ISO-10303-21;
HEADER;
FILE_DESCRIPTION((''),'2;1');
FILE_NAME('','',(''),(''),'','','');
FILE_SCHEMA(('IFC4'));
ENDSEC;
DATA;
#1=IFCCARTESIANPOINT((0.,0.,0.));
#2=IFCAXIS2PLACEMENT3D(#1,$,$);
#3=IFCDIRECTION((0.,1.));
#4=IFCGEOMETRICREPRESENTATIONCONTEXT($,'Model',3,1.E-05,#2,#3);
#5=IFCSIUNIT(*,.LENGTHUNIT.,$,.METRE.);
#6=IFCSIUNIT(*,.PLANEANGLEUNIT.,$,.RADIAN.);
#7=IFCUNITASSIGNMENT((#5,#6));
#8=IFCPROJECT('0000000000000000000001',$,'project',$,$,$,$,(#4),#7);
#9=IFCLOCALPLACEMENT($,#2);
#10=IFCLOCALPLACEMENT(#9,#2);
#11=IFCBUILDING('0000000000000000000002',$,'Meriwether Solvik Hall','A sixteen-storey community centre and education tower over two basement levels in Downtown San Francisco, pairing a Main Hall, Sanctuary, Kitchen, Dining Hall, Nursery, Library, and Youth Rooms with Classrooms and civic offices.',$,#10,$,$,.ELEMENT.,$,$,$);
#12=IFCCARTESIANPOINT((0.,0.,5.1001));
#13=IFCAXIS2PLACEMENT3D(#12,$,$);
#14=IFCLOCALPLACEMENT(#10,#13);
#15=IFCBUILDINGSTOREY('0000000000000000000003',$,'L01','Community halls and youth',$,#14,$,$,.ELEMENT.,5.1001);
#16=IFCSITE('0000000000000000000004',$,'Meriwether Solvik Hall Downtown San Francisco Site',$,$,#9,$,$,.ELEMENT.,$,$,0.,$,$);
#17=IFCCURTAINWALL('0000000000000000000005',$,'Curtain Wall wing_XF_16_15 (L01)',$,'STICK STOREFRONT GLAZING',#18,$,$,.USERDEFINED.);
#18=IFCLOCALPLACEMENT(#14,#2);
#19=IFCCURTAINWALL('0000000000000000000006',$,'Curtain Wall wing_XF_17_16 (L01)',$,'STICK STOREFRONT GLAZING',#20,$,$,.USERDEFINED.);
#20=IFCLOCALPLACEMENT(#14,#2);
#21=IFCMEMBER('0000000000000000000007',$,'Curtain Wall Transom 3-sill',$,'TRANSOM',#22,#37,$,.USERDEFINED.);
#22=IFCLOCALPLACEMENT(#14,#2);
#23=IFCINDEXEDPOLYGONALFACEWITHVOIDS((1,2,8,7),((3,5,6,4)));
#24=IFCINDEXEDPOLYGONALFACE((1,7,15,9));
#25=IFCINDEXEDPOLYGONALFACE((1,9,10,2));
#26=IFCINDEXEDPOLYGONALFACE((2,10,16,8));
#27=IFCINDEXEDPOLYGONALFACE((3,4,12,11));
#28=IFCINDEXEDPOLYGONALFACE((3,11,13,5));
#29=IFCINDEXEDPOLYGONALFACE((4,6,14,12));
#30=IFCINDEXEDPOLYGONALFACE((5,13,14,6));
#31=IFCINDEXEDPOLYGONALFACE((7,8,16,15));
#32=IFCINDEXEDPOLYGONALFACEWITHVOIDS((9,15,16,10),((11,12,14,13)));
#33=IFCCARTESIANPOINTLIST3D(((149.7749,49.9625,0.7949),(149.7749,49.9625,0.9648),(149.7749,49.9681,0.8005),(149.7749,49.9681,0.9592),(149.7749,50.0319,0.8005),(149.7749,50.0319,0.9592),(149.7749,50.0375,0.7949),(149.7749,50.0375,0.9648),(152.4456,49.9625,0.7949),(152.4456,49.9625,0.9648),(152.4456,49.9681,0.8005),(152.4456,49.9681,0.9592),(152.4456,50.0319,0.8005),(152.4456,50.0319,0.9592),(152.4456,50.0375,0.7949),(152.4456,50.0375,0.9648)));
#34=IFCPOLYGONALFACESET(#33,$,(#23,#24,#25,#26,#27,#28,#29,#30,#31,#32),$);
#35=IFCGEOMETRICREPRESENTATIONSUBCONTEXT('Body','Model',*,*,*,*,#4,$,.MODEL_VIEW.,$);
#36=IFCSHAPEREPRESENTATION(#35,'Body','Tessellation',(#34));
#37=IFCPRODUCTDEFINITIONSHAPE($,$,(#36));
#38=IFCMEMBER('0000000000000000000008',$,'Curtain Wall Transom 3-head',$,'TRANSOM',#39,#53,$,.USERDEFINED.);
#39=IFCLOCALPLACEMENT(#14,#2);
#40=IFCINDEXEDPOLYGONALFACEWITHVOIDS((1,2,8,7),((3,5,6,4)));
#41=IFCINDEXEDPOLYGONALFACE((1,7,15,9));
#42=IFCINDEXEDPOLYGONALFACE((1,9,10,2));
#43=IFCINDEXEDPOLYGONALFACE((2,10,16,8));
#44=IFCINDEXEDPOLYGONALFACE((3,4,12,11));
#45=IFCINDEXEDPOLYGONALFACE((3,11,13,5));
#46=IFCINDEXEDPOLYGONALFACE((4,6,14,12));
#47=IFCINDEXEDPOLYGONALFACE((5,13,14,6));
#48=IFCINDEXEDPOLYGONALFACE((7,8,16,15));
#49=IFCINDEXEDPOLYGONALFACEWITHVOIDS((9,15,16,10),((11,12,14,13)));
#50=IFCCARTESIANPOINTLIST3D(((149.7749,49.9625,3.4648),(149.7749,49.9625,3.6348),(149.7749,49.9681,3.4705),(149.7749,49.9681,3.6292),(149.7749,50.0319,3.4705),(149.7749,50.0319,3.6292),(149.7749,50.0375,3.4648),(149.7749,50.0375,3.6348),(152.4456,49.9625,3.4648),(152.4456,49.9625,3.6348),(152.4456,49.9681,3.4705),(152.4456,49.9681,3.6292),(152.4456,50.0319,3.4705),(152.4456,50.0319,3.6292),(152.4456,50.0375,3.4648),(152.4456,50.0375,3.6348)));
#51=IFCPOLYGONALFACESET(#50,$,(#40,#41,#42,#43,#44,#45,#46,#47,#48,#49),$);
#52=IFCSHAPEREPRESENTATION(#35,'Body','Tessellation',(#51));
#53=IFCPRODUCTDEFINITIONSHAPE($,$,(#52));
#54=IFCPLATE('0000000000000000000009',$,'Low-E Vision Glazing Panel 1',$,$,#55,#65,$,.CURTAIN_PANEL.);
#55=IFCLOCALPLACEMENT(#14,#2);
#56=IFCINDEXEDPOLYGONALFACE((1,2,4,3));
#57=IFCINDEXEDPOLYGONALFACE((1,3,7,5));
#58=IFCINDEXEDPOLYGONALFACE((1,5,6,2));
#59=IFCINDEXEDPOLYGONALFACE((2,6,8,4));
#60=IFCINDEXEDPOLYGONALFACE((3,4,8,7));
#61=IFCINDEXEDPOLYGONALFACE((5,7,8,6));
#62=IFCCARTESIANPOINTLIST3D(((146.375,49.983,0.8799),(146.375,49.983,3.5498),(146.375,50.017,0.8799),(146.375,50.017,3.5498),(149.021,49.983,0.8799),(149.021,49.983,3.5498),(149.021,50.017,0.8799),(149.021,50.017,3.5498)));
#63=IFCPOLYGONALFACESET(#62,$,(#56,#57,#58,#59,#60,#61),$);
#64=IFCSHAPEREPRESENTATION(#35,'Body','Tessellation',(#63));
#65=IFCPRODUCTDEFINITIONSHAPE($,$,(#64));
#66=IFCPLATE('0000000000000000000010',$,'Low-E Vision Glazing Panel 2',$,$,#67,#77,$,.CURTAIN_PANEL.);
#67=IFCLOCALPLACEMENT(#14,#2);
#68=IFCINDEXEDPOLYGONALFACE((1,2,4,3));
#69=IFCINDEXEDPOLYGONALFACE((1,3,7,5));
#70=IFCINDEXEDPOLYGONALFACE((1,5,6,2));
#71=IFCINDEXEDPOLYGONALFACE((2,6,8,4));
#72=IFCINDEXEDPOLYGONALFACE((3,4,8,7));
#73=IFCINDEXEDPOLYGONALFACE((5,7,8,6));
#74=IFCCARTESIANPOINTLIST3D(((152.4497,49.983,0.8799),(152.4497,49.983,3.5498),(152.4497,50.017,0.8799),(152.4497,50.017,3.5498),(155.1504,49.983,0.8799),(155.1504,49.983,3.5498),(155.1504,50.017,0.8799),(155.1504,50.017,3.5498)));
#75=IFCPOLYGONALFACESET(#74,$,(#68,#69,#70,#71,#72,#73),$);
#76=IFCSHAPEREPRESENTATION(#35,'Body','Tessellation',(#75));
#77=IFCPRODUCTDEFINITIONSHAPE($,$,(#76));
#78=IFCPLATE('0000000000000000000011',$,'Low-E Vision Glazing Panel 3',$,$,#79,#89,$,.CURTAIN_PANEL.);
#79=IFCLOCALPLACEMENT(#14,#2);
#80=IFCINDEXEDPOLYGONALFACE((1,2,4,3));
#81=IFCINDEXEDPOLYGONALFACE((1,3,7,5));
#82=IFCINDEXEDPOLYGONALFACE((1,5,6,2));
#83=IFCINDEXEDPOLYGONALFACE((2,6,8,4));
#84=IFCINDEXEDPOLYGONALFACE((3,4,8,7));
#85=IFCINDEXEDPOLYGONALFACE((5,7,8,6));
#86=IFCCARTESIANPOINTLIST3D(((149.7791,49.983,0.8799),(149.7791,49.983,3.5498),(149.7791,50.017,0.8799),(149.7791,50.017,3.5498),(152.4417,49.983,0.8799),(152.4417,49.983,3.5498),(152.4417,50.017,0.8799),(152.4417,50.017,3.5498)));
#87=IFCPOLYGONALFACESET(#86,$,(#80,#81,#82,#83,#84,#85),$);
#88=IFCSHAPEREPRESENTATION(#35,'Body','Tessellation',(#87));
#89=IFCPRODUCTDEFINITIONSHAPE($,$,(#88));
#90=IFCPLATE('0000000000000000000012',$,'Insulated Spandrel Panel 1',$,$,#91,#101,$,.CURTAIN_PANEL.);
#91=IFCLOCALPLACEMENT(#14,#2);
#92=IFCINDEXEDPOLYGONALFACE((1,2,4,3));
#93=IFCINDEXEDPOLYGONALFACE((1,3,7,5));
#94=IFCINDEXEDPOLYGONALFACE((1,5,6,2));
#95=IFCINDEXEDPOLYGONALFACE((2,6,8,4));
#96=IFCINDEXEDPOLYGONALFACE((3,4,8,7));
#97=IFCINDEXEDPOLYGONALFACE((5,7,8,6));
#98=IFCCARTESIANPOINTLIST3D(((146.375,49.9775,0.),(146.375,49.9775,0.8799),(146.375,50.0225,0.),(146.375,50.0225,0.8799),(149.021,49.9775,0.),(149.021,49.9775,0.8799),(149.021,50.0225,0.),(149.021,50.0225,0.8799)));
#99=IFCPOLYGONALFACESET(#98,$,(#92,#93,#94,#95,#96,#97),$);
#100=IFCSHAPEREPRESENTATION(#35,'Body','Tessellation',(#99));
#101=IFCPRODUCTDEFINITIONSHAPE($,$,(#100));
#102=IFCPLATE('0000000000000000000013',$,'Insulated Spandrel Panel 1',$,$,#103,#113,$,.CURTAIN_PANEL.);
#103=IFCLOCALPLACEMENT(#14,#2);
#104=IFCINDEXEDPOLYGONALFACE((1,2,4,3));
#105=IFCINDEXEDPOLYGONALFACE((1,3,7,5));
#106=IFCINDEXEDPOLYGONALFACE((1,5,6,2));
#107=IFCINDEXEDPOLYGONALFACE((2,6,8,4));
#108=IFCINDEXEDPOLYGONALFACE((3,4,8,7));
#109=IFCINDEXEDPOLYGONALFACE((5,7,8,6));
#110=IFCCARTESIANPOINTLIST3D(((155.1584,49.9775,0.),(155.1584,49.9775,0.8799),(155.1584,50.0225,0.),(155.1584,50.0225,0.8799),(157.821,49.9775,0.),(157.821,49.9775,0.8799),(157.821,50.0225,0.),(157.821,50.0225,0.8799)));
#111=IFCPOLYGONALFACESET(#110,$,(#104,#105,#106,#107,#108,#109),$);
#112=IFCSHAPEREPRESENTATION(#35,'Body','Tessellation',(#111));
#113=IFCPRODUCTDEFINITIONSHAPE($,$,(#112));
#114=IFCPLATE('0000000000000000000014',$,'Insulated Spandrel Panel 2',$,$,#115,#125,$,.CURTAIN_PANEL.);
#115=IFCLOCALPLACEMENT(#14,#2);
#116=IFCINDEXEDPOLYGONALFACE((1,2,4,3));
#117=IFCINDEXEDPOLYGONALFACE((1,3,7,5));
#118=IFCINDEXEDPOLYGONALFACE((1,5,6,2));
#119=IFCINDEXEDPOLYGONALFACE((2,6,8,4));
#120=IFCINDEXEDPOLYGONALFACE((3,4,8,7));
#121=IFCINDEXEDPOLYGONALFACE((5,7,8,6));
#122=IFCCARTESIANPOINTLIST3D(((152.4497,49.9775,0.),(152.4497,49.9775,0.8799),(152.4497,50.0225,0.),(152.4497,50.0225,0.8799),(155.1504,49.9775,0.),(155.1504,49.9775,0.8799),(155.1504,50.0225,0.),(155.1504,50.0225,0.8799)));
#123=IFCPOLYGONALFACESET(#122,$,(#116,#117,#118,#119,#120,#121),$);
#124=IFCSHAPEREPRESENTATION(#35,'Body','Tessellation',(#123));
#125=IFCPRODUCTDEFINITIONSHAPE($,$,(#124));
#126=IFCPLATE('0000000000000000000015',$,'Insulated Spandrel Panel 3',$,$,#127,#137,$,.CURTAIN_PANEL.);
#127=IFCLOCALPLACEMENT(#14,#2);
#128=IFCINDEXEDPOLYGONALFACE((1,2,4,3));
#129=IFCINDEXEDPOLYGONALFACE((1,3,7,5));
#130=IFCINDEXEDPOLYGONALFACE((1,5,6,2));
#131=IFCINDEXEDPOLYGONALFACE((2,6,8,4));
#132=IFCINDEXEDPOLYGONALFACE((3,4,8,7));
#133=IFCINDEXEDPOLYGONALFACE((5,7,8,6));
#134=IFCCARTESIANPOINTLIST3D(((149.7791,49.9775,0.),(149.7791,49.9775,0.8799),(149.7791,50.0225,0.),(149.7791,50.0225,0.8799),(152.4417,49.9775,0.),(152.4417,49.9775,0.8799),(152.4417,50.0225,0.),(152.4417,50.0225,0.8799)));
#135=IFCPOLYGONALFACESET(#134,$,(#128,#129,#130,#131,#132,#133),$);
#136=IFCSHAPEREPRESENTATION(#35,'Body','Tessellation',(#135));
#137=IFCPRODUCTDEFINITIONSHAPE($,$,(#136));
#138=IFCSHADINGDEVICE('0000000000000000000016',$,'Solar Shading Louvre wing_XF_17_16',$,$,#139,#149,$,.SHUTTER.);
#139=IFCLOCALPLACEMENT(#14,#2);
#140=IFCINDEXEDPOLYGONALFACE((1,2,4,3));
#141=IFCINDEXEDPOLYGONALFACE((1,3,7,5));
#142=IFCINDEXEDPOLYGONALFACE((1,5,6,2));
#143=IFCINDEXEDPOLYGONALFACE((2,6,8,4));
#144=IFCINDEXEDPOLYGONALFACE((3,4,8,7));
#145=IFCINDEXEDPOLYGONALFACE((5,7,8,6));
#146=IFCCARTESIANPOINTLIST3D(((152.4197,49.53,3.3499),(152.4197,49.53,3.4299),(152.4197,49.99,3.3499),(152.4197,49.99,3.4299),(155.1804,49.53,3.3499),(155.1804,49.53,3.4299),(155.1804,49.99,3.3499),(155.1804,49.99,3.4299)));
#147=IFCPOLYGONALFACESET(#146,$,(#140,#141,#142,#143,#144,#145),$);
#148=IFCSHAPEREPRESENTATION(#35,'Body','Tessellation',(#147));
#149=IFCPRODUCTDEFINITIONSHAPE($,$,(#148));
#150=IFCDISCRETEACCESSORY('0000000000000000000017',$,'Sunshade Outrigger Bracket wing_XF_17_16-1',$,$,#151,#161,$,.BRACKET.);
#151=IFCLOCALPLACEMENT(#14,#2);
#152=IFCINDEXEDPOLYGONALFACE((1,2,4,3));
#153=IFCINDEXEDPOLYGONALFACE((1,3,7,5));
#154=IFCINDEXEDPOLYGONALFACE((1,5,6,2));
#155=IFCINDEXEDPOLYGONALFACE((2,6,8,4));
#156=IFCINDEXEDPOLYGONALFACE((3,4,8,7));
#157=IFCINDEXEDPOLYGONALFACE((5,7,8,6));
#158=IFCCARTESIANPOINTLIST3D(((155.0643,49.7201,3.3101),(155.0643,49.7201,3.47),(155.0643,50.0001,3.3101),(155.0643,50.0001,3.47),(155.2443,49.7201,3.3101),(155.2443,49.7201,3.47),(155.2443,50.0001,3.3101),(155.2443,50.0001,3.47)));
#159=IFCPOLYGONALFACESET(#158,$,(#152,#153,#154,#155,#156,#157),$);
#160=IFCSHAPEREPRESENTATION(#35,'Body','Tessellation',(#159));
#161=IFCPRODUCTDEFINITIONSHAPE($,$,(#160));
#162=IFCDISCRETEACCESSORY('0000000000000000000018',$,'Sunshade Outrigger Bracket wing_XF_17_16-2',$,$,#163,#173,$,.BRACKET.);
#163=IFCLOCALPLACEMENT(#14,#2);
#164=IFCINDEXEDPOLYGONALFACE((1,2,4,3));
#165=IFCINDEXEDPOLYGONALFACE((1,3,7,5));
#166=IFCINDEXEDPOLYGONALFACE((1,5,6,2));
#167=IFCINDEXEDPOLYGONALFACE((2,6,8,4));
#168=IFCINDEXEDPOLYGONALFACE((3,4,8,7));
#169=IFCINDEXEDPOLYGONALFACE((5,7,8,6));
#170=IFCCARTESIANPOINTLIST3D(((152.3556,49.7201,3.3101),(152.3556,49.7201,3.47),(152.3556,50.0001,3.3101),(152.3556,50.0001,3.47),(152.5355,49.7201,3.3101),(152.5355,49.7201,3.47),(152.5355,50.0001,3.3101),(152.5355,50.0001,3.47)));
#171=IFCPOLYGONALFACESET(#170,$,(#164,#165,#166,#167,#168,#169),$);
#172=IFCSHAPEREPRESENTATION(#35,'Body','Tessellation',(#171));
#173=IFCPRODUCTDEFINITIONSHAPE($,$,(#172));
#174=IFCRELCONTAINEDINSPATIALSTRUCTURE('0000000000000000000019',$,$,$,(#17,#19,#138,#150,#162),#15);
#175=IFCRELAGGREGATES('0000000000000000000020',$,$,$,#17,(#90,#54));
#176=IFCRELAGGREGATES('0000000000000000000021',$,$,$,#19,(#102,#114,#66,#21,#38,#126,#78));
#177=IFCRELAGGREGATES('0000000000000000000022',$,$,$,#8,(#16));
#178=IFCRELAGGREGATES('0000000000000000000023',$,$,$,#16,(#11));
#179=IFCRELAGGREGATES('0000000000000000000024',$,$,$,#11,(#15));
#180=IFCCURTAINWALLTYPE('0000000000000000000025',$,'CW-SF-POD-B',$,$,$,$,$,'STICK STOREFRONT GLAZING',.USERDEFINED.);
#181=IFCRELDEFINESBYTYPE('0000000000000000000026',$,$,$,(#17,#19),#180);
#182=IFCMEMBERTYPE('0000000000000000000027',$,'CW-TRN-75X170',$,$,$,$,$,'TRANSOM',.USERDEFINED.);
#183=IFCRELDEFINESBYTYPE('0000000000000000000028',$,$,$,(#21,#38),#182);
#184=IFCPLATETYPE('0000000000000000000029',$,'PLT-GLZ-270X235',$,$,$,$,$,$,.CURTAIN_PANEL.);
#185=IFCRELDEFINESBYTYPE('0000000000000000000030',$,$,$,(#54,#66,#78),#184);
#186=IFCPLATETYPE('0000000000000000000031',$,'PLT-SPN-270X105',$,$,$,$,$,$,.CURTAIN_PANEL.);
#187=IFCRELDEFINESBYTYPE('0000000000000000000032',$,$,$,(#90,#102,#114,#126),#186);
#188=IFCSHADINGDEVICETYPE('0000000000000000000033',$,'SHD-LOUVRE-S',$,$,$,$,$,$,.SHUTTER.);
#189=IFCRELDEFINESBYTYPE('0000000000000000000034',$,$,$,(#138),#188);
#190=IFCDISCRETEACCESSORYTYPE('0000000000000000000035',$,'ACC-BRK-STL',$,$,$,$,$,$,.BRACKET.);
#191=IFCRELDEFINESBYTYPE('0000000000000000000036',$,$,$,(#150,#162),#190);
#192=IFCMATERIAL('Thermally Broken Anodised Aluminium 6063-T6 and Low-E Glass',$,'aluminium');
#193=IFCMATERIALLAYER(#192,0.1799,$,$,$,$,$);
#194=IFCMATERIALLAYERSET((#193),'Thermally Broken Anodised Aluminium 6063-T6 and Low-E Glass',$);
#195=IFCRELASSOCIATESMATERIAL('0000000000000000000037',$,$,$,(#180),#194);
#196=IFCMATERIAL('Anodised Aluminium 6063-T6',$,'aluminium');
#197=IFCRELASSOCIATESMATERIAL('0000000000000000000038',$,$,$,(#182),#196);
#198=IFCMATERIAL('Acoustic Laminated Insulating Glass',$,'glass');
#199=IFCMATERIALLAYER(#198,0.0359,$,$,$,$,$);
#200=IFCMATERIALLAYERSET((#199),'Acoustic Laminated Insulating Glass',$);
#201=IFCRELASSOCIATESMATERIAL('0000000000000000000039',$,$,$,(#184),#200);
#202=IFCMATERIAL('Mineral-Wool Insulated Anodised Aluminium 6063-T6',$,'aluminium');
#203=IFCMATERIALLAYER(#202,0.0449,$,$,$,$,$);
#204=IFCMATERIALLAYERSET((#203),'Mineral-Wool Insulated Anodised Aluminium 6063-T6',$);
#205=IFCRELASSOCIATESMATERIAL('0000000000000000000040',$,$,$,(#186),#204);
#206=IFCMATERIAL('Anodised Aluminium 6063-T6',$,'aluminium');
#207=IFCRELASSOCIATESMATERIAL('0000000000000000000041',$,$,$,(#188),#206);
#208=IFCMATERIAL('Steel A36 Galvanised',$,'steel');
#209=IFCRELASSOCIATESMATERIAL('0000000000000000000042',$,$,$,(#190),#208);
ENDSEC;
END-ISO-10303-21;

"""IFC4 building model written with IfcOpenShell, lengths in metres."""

from ifc_helpers import new_model, si_unit, direction, frame, origin, origin_2d, place, context, subcontext, project, spatial, rectangle, hollow_rectangle, extrude, material, layer, layer_set, material_profile, profile_set, type_object, element, aggregate, save


model = new_model("IFC4")

# Units and contexts
model_context = context("Model", 3, precision=1e-05, world=origin(), true_north=direction((0.0, 1.0)))
body_context = subcontext(model_context, "Body", "Model", "MODEL_VIEW")
ifc_project = project(units=[si_unit("LENGTHUNIT", "METRE"), si_unit("PLANEANGLEUNIT", "RADIAN")], contexts=[model_context])

# Site, building, storey
site_placement = place(None, origin())
site = spatial("IfcSite", under=ifc_project, at=site_placement, Name="Meriwether Solvik Hall Downtown San Francisco Site", CompositionType="ELEMENT", RefElevation=0.0)
building_placement = place(site_placement, origin())
building = spatial("IfcBuilding", under=site, at=building_placement, Name="Meriwether Solvik Hall", Description="A sixteen-storey community centre and education tower over two basement levels in Downtown San Francisco, pairing a Main Hall, Sanctuary, Kitchen, Dining Hall, Nursery, Library, and Youth Rooms with Classrooms and civic offices.", CompositionType="ELEMENT")
storey_placement = place(building_placement, frame((0.0, 0.0, 5.1001)))
storey = spatial("IfcBuildingStorey", under=building, at=storey_placement, Name="L01", Description="Community halls and youth", CompositionType="ELEMENT", Elevation=5.1001)

# Curtain wall
ifc_material_1 = material(Name="Thermally Broken Anodised Aluminium 6063-T6 and Low-E Glass", Category="aluminium")
ifc_layer_1 = layer(ifc_material_1, 0.1799)
ifc_layer_set_1 = layer_set([ifc_layer_1], Name="Thermally Broken Anodised Aluminium 6063-T6 and Low-E Glass")
curtain_wall_type = type_object("IfcCurtainWallType", Name="CW-SF-POD-B", ElementType="STICK STOREFRONT GLAZING", PredefinedType="USERDEFINED", material=ifc_layer_set_1)
curtain_wall_1_placement = place(storey_placement, origin())
curtain_wall_1 = element("IfcCurtainWall", 1, at=curtain_wall_1_placement, inside=storey, type_object=curtain_wall_type, Name="Curtain Wall wing_XF_16_15 (L01)", ObjectType="STICK STOREFRONT GLAZING", PredefinedType="USERDEFINED")

# Curtain wall
curtain_wall_2_placement = place(storey_placement, origin())
curtain_wall_2 = element("IfcCurtainWall", 2, at=curtain_wall_2_placement, inside=storey, type_object=curtain_wall_type, Name="Curtain Wall wing_XF_17_16 (L01)", ObjectType="STICK STOREFRONT GLAZING", PredefinedType="USERDEFINED")

# Members
ifc_material_2 = material(Name="Anodised Aluminium 6063-T6", Category="aluminium")
ifc_material_profile_1 = material_profile(ifc_material_2, hollow_rectangle(XDim=0.075, YDim=0.1699, WallThickness=0.0056, at=origin_2d()), Name="CWT-75X170")
ifc_profile_set_1 = profile_set([ifc_material_profile_1], Name="Anodised Aluminium 6063-T6")
member_type_1 = type_object("IfcMemberType", Name="CW-TRN-75X170", ElementType="TRANSOM", PredefinedType="USERDEFINED", material=ifc_profile_set_1)
member_1_placement = place(storey_placement, frame((152.4456, 50.0, 0.8799), z_axis=(-1.0, 0.0, 0.0), x_axis=(0.0, -1.0, 0.0)))
member_1 = element("IfcMember", 3, at=member_1_placement, type_object=member_type_1, Name="Curtain Wall Transom 3-sill", ObjectType="TRANSOM", PredefinedType="USERDEFINED", context=body_context, shape_type="SweptSolid", body=[
    extrude(hollow_rectangle(XDim=0.075, YDim=0.1699, WallThickness=0.0056, at=origin_2d()), origin(), (0.0, 0.0, 1.0), 2.6707),
])
member_2_placement = place(storey_placement, frame((152.4456, 50.0, 3.5498), z_axis=(-1.0, 0.0, 0.0), x_axis=(0.0, -1.0, 0.0)))
member_2 = element("IfcMember", 4, at=member_2_placement, type_object=member_type_1, Name="Curtain Wall Transom 3-head", ObjectType="TRANSOM", PredefinedType="USERDEFINED", context=body_context, shape_type="SweptSolid", body=[
    extrude(hollow_rectangle(XDim=0.075, YDim=0.1699, WallThickness=0.0056, at=origin_2d()), origin(), (0.0, 0.0, 1.0), 2.6707),
])

# Plates
ifc_material_3 = material(Name="Acoustic Laminated Insulating Glass", Category="glass")
ifc_layer_2 = layer(ifc_material_3, 0.0359)
ifc_layer_set_2 = layer_set([ifc_layer_2], Name="Acoustic Laminated Insulating Glass")
plate_type_1 = type_object("IfcPlateType", Name="PLT-GLZ-270X235", PredefinedType="CURTAIN_PANEL", material=ifc_layer_set_2)
plate_1_placement = place(storey_placement, frame((147.698, 50.0, 0.8799), z_axis=(0.0, 0.0, 1.0), x_axis=(-1.0, 0.0, 0.0)))
plate_1 = element("IfcPlate", 5, at=plate_1_placement, type_object=plate_type_1, Name="Low-E Vision Glazing Panel 1", PredefinedType="CURTAIN_PANEL", context=body_context, shape_type="SweptSolid", body=[
    extrude(rectangle(XDim=2.646, YDim=0.0339, at=origin_2d()), origin(), (0.0, 0.0, 1.0), 2.6699),
])
plate_2_placement = place(storey_placement, frame((153.8, 50.0, 0.8799), z_axis=(0.0, 0.0, 1.0), x_axis=(-1.0, 0.0, 0.0)))
plate_2 = element("IfcPlate", 6, at=plate_2_placement, type_object=plate_type_1, Name="Low-E Vision Glazing Panel 2", PredefinedType="CURTAIN_PANEL", context=body_context, shape_type="SweptSolid", body=[
    extrude(rectangle(XDim=2.7007, YDim=0.0339, at=origin_2d()), origin(), (0.0, 0.0, 1.0), 2.6699),
])
plate_3_placement = place(storey_placement, frame((151.1104, 50.0, 0.8799), z_axis=(0.0, 0.0, 1.0), x_axis=(-1.0, 0.0, 0.0)))
plate_3 = element("IfcPlate", 7, at=plate_3_placement, type_object=plate_type_1, Name="Low-E Vision Glazing Panel 3", PredefinedType="CURTAIN_PANEL", context=body_context, shape_type="SweptSolid", body=[
    extrude(rectangle(XDim=2.6626, YDim=0.0339, at=origin_2d()), origin(), (0.0, 0.0, 1.0), 2.6699),
])
ifc_material_4 = material(Name="Mineral-Wool Insulated Anodised Aluminium 6063-T6", Category="aluminium")
ifc_layer_3 = layer(ifc_material_4, 0.0449)
ifc_layer_set_3 = layer_set([ifc_layer_3], Name="Mineral-Wool Insulated Anodised Aluminium 6063-T6")
plate_type_2 = type_object("IfcPlateType", Name="PLT-SPN-270X105", PredefinedType="CURTAIN_PANEL", material=ifc_layer_set_3)
plate_4_placement = place(storey_placement, frame((147.698, 50.0, 0.0), z_axis=(0.0, 0.0, 1.0), x_axis=(-1.0, 0.0, 0.0)))
plate_4 = element("IfcPlate", 8, at=plate_4_placement, type_object=plate_type_2, Name="Insulated Spandrel Panel 1", PredefinedType="CURTAIN_PANEL", context=body_context, shape_type="SweptSolid", body=[
    extrude(rectangle(XDim=2.646, YDim=0.0449, at=origin_2d()), origin(), (0.0, 0.0, 1.0), 0.8799),
])
aggregate(curtain_wall_1, [plate_4, plate_1])
plate_5_placement = place(storey_placement, frame((156.4897, 50.0, 0.0), z_axis=(0.0, 0.0, 1.0), x_axis=(-1.0, 0.0, 0.0)))
plate_5 = element("IfcPlate", 9, at=plate_5_placement, type_object=plate_type_2, Name="Insulated Spandrel Panel 1", PredefinedType="CURTAIN_PANEL", context=body_context, shape_type="SweptSolid", body=[
    extrude(rectangle(XDim=2.6626, YDim=0.0449, at=origin_2d()), origin(), (0.0, 0.0, 1.0), 0.8799),
])
plate_6_placement = place(storey_placement, frame((153.8, 50.0, 0.0), z_axis=(0.0, 0.0, 1.0), x_axis=(-1.0, 0.0, 0.0)))
plate_6 = element("IfcPlate", 10, at=plate_6_placement, type_object=plate_type_2, Name="Insulated Spandrel Panel 2", PredefinedType="CURTAIN_PANEL", context=body_context, shape_type="SweptSolid", body=[
    extrude(rectangle(XDim=2.7007, YDim=0.0449, at=origin_2d()), origin(), (0.0, 0.0, 1.0), 0.8799),
])
plate_7_placement = place(storey_placement, frame((151.1104, 50.0, 0.0), z_axis=(0.0, 0.0, 1.0), x_axis=(-1.0, 0.0, 0.0)))
plate_7 = element("IfcPlate", 11, at=plate_7_placement, type_object=plate_type_2, Name="Insulated Spandrel Panel 3", PredefinedType="CURTAIN_PANEL", context=body_context, shape_type="SweptSolid", body=[
    extrude(rectangle(XDim=2.6626, YDim=0.0449, at=origin_2d()), origin(), (0.0, 0.0, 1.0), 0.8799),
])
aggregate(curtain_wall_2, [plate_5, plate_6, plate_2, member_1, member_2, plate_7, plate_3])

# Shading device
ifc_material_5 = material(Name="Anodised Aluminium 6063-T6", Category="aluminium")
shading_device_type = type_object("IfcShadingDeviceType", Name="SHD-LOUVRE-S", PredefinedType="SHUTTER", material=ifc_material_5)
shading_device_placement = place(storey_placement, frame((153.8, 49.76, 3.3499), z_axis=(0.0, 0.0, 1.0), x_axis=(-1.0, 0.0, 0.0)))
element("IfcShadingDevice", 12, at=shading_device_placement, inside=storey, type_object=shading_device_type, Name="Solar Shading Louvre wing_XF_17_16", PredefinedType="SHUTTER", context=body_context, shape_type="SweptSolid", body=[
    extrude(rectangle(XDim=2.7607, YDim=0.46, at=origin_2d()), origin(), (0.0, 0.0, 1.0), 0.0801),
])

# Discrete accessories
ifc_material_6 = material(Name="Steel A36 Galvanised", Category="steel")
discrete_accessory_type = type_object("IfcDiscreteAccessoryType", Name="ACC-BRK-STL", PredefinedType="BRACKET", material=ifc_material_6)
for number, where, z_axis, x_axis, name in (
    (13, (155.1543, 49.8601, 3.3101), (0.0, 0.0, 1.0), (-1.0, 0.0, 0.0), "Sunshade Outrigger Bracket wing_XF_17_16-1"),
    (14, (152.4456, 49.8601, 3.3101), (0.0, 0.0, 1.0), (-1.0, 0.0, 0.0), "Sunshade Outrigger Bracket wing_XF_17_16-2"),
):
    element("IfcDiscreteAccessory", number, at=place(storey_placement, frame(where, z_axis=z_axis, x_axis=x_axis)), inside=storey, type_object=discrete_accessory_type, Name=name, PredefinedType="BRACKET", context=body_context, shape_type="SweptSolid", body=[
        extrude(rectangle(XDim=0.1799, YDim=0.28, at=origin_2d()), origin(), (0.0, 0.0, 1.0), 0.1599),
    ])

save(model, "model.ifc")
